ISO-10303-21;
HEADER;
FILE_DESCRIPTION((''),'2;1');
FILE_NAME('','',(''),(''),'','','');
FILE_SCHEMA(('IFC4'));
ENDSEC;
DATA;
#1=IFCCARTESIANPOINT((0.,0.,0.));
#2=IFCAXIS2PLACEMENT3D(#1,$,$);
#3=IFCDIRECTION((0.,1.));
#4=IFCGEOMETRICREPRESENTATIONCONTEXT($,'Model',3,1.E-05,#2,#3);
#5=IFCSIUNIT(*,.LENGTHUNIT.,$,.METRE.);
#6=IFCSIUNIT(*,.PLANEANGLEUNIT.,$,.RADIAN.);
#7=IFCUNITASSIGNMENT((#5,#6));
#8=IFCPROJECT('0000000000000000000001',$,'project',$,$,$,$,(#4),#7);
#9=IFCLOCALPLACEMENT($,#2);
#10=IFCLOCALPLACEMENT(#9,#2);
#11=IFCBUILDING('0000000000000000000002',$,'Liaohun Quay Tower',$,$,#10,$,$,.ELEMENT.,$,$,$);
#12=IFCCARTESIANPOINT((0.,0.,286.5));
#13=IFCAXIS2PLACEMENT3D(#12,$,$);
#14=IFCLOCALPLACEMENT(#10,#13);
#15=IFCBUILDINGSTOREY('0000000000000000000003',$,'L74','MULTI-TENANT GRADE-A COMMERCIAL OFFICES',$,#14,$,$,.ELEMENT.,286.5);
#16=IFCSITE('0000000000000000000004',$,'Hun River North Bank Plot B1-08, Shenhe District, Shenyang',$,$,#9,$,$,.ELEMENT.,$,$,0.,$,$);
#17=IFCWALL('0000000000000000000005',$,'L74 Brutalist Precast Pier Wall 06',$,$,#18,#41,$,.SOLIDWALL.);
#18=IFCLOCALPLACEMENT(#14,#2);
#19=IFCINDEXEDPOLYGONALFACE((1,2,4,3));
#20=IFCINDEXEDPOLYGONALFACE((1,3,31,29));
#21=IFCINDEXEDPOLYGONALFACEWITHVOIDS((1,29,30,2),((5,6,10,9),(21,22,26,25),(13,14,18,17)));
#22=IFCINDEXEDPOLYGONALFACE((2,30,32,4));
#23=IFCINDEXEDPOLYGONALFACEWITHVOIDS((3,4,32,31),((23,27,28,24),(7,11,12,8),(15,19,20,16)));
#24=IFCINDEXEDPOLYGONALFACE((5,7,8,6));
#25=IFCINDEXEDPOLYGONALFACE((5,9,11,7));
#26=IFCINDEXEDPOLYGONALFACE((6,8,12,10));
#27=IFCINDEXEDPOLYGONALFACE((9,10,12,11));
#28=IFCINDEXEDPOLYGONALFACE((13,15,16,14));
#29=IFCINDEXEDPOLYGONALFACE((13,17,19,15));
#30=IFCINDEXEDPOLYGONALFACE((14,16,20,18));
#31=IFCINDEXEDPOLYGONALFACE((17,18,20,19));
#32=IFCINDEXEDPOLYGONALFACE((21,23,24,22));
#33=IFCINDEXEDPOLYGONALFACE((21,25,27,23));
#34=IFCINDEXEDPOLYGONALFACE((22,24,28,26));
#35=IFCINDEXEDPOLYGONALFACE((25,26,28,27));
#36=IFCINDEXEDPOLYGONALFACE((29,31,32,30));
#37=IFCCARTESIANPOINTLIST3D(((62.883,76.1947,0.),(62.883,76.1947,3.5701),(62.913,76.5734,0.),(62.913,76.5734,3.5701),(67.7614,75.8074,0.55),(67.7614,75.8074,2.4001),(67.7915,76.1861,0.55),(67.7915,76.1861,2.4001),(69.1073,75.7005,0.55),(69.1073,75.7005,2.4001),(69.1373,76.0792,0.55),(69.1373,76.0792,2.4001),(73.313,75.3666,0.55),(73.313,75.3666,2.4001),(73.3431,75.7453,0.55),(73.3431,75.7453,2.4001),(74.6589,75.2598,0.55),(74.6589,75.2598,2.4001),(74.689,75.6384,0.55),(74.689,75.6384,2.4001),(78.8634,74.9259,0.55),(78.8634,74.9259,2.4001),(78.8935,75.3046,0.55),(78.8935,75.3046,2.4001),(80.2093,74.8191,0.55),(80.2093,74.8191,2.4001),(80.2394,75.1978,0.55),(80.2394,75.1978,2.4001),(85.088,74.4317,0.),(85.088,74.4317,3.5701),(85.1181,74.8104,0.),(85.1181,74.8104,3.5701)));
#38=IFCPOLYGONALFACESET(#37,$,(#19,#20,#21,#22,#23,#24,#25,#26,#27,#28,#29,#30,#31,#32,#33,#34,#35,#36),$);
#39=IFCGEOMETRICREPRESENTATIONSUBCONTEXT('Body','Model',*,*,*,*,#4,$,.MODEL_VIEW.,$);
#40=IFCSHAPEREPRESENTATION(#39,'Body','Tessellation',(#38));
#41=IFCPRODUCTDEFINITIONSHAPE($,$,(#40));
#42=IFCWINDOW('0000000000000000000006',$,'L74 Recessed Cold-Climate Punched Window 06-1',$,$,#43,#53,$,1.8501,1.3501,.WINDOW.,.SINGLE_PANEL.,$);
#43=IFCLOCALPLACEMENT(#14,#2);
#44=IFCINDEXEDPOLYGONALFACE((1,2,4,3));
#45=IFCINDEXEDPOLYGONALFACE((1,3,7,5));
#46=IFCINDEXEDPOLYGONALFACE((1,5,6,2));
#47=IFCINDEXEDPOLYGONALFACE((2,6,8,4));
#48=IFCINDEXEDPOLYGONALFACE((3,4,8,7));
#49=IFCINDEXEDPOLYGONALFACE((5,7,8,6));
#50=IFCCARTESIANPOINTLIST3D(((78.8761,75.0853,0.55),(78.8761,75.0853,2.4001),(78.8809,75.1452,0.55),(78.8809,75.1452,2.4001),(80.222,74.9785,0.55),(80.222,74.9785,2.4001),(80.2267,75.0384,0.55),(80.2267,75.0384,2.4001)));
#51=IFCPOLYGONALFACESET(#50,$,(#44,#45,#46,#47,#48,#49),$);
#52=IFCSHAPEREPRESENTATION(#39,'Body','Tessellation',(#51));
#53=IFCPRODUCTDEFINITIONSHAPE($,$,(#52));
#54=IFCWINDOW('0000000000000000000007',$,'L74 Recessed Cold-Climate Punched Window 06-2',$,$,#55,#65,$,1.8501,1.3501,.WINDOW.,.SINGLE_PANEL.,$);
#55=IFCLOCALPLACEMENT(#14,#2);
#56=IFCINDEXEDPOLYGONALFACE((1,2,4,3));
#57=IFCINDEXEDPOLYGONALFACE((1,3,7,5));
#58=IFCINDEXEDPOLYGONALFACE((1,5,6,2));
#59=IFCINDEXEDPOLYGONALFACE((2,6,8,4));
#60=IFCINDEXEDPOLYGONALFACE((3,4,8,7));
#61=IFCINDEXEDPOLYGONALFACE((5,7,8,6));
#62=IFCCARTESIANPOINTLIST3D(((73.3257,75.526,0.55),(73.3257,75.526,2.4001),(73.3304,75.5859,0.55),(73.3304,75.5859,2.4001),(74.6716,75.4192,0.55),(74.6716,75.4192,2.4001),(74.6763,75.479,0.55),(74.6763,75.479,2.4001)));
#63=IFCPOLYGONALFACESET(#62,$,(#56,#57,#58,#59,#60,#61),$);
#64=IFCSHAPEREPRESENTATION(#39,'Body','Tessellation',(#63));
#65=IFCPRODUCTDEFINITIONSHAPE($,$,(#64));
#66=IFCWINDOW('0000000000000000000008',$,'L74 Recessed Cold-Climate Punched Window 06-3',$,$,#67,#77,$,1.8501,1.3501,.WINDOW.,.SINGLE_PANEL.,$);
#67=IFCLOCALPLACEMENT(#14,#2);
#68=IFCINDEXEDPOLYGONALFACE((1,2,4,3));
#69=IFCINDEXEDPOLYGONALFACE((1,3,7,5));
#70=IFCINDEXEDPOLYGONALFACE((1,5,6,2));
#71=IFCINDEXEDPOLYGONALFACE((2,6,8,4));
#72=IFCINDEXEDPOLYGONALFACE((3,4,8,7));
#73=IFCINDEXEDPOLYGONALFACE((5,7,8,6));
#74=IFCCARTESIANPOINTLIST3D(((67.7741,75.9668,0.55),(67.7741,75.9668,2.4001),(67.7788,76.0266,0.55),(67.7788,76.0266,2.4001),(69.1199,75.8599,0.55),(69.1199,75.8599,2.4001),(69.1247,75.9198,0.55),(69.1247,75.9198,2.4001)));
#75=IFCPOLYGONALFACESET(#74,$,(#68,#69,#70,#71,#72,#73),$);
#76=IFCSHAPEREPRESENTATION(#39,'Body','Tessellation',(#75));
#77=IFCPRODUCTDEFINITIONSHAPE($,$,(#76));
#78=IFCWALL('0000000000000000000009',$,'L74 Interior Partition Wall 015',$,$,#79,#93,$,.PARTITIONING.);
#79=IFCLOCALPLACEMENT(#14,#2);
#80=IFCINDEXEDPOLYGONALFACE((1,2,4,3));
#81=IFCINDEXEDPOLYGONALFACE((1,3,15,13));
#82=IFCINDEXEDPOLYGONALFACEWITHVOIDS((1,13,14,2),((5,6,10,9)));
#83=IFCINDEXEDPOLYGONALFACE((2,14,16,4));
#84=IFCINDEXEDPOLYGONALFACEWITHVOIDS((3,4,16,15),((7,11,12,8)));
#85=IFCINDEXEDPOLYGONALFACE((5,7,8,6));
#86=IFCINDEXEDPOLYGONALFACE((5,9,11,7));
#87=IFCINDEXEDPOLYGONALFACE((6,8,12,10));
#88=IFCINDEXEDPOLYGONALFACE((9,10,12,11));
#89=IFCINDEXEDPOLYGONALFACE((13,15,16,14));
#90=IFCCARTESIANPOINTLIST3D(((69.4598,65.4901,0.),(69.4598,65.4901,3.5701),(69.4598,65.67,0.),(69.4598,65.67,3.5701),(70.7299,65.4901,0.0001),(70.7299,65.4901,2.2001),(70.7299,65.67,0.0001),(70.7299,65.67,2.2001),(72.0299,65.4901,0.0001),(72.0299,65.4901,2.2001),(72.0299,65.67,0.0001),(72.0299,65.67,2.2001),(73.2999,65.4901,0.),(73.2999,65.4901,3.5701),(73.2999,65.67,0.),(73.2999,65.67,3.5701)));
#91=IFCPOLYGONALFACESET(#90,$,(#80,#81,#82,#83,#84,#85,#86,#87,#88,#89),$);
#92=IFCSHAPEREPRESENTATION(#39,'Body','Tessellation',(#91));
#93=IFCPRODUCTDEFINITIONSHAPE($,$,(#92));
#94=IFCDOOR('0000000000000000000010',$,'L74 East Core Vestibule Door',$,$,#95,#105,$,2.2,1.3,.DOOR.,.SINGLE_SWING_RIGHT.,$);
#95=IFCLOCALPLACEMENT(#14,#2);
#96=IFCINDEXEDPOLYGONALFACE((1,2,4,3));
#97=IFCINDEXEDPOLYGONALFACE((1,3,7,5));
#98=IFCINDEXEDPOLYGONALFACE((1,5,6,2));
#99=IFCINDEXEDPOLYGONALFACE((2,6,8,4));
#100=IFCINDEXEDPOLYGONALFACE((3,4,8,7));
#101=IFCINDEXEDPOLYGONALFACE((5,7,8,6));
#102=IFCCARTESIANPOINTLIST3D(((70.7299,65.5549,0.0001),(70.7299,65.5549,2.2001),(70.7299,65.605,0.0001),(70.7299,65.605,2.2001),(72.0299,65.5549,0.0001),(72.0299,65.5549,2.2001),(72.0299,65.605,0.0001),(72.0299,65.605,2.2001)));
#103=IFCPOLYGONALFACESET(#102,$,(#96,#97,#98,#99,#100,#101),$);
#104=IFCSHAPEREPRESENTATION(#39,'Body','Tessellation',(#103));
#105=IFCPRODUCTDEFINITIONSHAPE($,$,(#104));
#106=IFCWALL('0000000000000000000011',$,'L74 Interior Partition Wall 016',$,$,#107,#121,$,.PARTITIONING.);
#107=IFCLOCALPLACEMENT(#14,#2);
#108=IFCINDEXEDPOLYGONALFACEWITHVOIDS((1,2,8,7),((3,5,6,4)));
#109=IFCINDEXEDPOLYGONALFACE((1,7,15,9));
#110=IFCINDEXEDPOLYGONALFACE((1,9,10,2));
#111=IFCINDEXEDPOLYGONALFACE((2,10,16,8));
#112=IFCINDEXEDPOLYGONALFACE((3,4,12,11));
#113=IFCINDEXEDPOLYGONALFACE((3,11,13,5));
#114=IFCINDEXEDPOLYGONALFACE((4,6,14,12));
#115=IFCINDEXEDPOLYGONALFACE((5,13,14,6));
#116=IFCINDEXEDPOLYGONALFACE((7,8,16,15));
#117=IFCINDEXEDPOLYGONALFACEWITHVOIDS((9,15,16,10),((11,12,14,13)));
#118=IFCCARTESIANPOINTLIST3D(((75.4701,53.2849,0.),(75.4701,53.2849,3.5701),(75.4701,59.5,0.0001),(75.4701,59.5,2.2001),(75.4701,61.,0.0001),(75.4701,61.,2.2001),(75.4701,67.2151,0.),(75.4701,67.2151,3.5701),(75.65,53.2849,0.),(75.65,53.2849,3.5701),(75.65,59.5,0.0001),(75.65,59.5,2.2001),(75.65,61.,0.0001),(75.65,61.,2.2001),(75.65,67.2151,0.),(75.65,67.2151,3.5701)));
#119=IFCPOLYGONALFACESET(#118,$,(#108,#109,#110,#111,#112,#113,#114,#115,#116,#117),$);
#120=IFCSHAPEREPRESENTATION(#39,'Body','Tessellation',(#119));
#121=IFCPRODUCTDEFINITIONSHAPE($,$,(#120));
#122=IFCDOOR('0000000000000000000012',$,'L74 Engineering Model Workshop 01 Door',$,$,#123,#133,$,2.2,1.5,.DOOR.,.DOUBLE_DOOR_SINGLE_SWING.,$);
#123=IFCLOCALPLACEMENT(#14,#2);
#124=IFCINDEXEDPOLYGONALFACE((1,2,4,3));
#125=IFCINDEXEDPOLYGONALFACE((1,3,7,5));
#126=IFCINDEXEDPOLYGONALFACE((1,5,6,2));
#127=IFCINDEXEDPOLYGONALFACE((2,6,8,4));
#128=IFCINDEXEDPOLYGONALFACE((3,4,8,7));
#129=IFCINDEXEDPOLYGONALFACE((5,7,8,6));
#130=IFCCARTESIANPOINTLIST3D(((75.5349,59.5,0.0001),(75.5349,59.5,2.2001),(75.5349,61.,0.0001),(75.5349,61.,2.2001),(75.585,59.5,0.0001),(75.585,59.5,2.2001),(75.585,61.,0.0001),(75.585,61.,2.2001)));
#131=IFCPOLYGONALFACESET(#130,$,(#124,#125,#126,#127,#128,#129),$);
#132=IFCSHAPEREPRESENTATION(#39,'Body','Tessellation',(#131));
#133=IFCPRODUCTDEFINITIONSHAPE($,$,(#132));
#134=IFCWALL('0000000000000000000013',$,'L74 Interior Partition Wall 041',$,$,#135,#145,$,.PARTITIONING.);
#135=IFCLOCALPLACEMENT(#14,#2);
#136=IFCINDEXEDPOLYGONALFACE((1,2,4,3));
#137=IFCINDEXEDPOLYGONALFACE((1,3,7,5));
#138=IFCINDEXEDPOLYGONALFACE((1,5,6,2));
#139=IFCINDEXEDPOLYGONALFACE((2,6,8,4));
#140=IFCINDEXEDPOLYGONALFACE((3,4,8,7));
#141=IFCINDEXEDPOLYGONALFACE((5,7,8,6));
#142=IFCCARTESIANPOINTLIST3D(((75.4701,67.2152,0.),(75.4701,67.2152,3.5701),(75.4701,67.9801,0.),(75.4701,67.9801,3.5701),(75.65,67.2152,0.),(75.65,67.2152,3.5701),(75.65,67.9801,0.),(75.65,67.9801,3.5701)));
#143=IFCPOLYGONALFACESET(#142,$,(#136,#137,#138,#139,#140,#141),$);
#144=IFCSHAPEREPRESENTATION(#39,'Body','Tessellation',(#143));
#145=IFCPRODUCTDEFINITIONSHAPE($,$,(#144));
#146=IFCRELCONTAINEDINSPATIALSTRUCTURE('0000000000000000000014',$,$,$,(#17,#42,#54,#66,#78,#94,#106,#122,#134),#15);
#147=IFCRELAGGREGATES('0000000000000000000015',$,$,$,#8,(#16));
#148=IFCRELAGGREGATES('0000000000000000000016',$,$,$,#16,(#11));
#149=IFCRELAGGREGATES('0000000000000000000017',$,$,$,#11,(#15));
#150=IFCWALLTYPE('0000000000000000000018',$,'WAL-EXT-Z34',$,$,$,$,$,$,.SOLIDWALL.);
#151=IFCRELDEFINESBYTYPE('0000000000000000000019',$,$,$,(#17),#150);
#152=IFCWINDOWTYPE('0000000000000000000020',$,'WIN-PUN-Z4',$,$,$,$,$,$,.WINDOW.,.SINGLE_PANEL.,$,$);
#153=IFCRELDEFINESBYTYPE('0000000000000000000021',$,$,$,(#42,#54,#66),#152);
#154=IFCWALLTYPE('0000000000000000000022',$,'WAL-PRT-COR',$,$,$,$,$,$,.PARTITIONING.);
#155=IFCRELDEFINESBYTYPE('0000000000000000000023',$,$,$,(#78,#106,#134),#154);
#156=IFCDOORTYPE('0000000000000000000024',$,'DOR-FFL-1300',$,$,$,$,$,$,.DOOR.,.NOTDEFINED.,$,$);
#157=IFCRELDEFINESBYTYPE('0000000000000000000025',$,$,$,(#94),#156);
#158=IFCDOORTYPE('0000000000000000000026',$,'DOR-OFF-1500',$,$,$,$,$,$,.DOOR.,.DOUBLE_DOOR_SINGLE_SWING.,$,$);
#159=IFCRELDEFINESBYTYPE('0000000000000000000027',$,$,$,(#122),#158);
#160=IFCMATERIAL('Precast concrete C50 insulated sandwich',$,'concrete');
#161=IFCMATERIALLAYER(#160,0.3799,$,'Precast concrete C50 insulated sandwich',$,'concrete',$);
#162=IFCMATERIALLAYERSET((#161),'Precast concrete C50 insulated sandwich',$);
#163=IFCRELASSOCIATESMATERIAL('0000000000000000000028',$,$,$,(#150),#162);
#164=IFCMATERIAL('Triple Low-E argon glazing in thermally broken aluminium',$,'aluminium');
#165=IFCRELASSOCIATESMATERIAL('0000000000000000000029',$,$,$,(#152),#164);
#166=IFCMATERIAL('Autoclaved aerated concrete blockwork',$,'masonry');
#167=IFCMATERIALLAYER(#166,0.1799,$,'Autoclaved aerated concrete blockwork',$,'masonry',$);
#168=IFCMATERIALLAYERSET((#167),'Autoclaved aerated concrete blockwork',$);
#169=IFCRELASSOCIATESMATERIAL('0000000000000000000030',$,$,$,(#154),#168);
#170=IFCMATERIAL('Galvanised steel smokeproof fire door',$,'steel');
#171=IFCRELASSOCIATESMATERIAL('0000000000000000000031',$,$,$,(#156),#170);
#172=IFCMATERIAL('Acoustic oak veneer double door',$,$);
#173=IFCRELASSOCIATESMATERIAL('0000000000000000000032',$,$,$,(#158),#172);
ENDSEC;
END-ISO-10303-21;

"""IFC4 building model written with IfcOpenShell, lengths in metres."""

from ifc_helpers import new_model, si_unit, direction, frame, frame_2d, origin, place, context, subcontext, project, spatial, rectangle, extrude, source, transform, mapped, material, layer, layer_set, type_object, element, fill, save


model = new_model("IFC4")

# Units and contexts
model_context = context("Model", 3, precision=1e-05, world=origin(), true_north=direction((0.0, 1.0)))
body_context = subcontext(model_context, "Body", "Model", "MODEL_VIEW")
ifc_project = project(units=[si_unit("LENGTHUNIT", "METRE"), si_unit("PLANEANGLEUNIT", "RADIAN")], contexts=[model_context])

# Site, building, storey
site_placement = place(None, origin())
site = spatial("IfcSite", under=ifc_project, at=site_placement, Name="Hun River North Bank Plot B1-08, Shenhe District, Shenyang", CompositionType="ELEMENT", RefElevation=0.0)
building_placement = place(site_placement, origin())
building = spatial("IfcBuilding", under=site, at=building_placement, Name="Liaohun Quay Tower", CompositionType="ELEMENT")
storey_placement = place(building_placement, frame((0.0, 0.0, 286.5)))
storey = spatial("IfcBuildingStorey", under=building, at=storey_placement, Name="L74", Description="MULTI-TENANT GRADE-A COMMERCIAL OFFICES", CompositionType="ELEMENT", Elevation=286.5)

# Shared definitions
ifc_material_1 = material(Name="Precast concrete C50 insulated sandwich", Category="concrete")
ifc_layer_1 = layer(ifc_material_1, 0.3799, Name="Precast concrete C50 insulated sandwich", Category="concrete")
ifc_layer_set_1 = layer_set([ifc_layer_1], Name="Precast concrete C50 insulated sandwich")
wall_type_1 = type_object("IfcWallType", Name="WAL-EXT-Z34", PredefinedType="SOLIDWALL", material=ifc_layer_set_1)

# Wall, openings, windows
wall_1_placement = place(storey_placement, frame((85.103, 74.6211, 0.0), z_axis=(0.0, 0.0, 1.0), x_axis=(-0.996863, 0.079144, 0.0)))
wall_1 = element("IfcWall", 1, at=wall_1_placement, inside=storey, type_object=wall_type_1, Name="L74 Brutalist Precast Pier Wall 06", PredefinedType="SOLIDWALL", context=body_context, shape_type="SweptSolid", body=[
    extrude(rectangle(XDim=22.2749, YDim=0.3799, at=frame_2d((11.1375, 0.0))), origin(), (0.0, 0.0, 1.0), 3.5701),
])
shared_shape_1 = source(origin(), body_context, "Body", "SweptSolid", [
    extrude(rectangle(XDim=1.3501, YDim=1.8501, at=frame_2d((0.675, 0.925))), frame((0.0, 0.2, 0.0), z_axis=(0.0, -1.0, 0.0), x_axis=(1.0, 0.0, 0.0)), (0.0, 0.0, 1.0), 0.3999),
])
opening_1_placement = place(wall_1_placement, frame((4.894, 0.0, 0.55)))
opening_1 = element("IfcOpeningElement", 2, at=opening_1_placement, cuts=wall_1, PredefinedType="OPENING", context=body_context, shape_type="MappedRepresentation", body=[
    mapped(shared_shape_1, transform((0.0, 0.0, 0.0), x_axis=(1.0, 0.0, 0.0), y_axis=(0.0, 1.0, 0.0), z_axis=(0.0, 0.0, 1.0), scale=1.0)),
])
opening_2_placement = place(wall_1_placement, frame((10.4619, 0.0, 0.55)))
opening_2 = element("IfcOpeningElement", 3, at=opening_2_placement, cuts=wall_1, PredefinedType="OPENING", context=body_context, shape_type="MappedRepresentation", body=[
    mapped(shared_shape_1, transform((0.0, 0.0, 0.0), x_axis=(1.0, 0.0, 0.0), y_axis=(0.0, 1.0, 0.0), z_axis=(0.0, 0.0, 1.0), scale=1.0)),
])
opening_3_placement = place(wall_1_placement, frame((16.031, 0.0, 0.55)))
opening_3 = element("IfcOpeningElement", 4, at=opening_3_placement, cuts=wall_1, PredefinedType="OPENING", context=body_context, shape_type="MappedRepresentation", body=[
    mapped(shared_shape_1, transform((0.0, 0.0, 0.0), x_axis=(1.0, 0.0, 0.0), y_axis=(0.0, 1.0, 0.0), z_axis=(0.0, 0.0, 1.0), scale=1.0)),
])
ifc_material_2 = material(Name="Triple Low-E argon glazing in thermally broken aluminium", Category="aluminium")
window_type_1 = type_object("IfcWindowType", Name="WIN-PUN-Z4", PartitioningType="SINGLE_PANEL", PredefinedType="WINDOW", material=ifc_material_2)
shared_shape_2 = source(origin(), body_context, "Body", "SweptSolid", [
    extrude(rectangle(XDim=1.3501, YDim=1.8501, at=frame_2d((0.675, 0.925))), frame((0.0, 0.03, 0.0), z_axis=(0.0, -1.0, 0.0), x_axis=(1.0, 0.0, 0.0)), (0.0, 0.0, 1.0), 0.0601),
])
window_1_placement = place(opening_1_placement, origin())
window_1 = element("IfcWindow", 5, at=window_1_placement, inside=storey, type_object=window_type_1, Name="L74 Recessed Cold-Climate Punched Window 06-1", OverallHeight=1.8501, OverallWidth=1.3501, PartitioningType="SINGLE_PANEL", PredefinedType="WINDOW", context=body_context, shape_type="MappedRepresentation", body=[
    mapped(shared_shape_2, transform((0.0, 0.0, 0.0), x_axis=(1.0, 0.0, 0.0), y_axis=(0.0, 1.0, 0.0), z_axis=(0.0, 0.0, 1.0), scale=1.0)),
])
fill(opening_1, window_1)
window_2_placement = place(opening_2_placement, origin())
window_2 = element("IfcWindow", 6, at=window_2_placement, inside=storey, type_object=window_type_1, Name="L74 Recessed Cold-Climate Punched Window 06-2", OverallHeight=1.8501, OverallWidth=1.3501, PartitioningType="SINGLE_PANEL", PredefinedType="WINDOW", context=body_context, shape_type="MappedRepresentation", body=[
    mapped(shared_shape_2, transform((0.0, 0.0, 0.0), x_axis=(1.0, 0.0, 0.0), y_axis=(0.0, 1.0, 0.0), z_axis=(0.0, 0.0, 1.0), scale=1.0)),
])
fill(opening_2, window_2)
window_3_placement = place(opening_3_placement, origin())
window_3 = element("IfcWindow", 7, at=window_3_placement, inside=storey, type_object=window_type_1, Name="L74 Recessed Cold-Climate Punched Window 06-3", OverallHeight=1.8501, OverallWidth=1.3501, PartitioningType="SINGLE_PANEL", PredefinedType="WINDOW", context=body_context, shape_type="MappedRepresentation", body=[
    mapped(shared_shape_2, transform((0.0, 0.0, 0.0), x_axis=(1.0, 0.0, 0.0), y_axis=(0.0, 1.0, 0.0), z_axis=(0.0, 0.0, 1.0), scale=1.0)),
])
fill(opening_3, window_3)

# Walls, openings, doors
ifc_material_3 = material(Name="Autoclaved aerated concrete blockwork", Category="masonry")
ifc_layer_2 = layer(ifc_material_3, 0.1799, Name="Autoclaved aerated concrete blockwork", Category="masonry")
ifc_layer_set_2 = layer_set([ifc_layer_2], Name="Autoclaved aerated concrete blockwork")
wall_type_2 = type_object("IfcWallType", Name="WAL-PRT-COR", PredefinedType="PARTITIONING", material=ifc_layer_set_2)
wall_2_placement = place(storey_placement, frame((69.46, 65.5801, 0.0), z_axis=(0.0, 0.0, 1.0), x_axis=(1.0, 0.0, 0.0)))
wall_2 = element("IfcWall", 8, at=wall_2_placement, inside=storey, type_object=wall_type_2, Name="L74 Interior Partition Wall 015", PredefinedType="PARTITIONING", context=body_context, shape_type="SweptSolid", body=[
    extrude(rectangle(XDim=3.8401, YDim=0.1799, at=frame_2d((1.9199, 0.0))), origin(), (0.0, 0.0, 1.0), 3.5701),
])
shared_shape_3 = source(origin(), body_context, "Body", "SweptSolid", [
    extrude(rectangle(XDim=1.3, YDim=2.2, at=frame_2d((0.6499, 1.1001))), frame((0.0, 0.0999, 0.0), z_axis=(0.0, -1.0, 0.0), x_axis=(1.0, 0.0, 0.0)), (0.0, 0.0, 1.0), 0.2),
])
opening_4_placement = place(wall_2_placement, frame((1.27, 0.0, 0.0)))
opening_4 = element("IfcOpeningElement", 9, at=opening_4_placement, cuts=wall_2, PredefinedType="OPENING", context=body_context, shape_type="MappedRepresentation", body=[
    mapped(shared_shape_3, transform((0.0, 0.0, 0.0), x_axis=(1.0, 0.0, 0.0), y_axis=(0.0, 1.0, 0.0), z_axis=(0.0, 0.0, 1.0), scale=1.0)),
])
ifc_material_4 = material(Name="Galvanised steel smokeproof fire door", Category="steel")
door_type_1 = type_object("IfcDoorType", Name="DOR-FFL-1300", OperationType="NOTDEFINED", PredefinedType="DOOR", material=ifc_material_4)
shared_shape_4 = source(origin(), body_context, "Body", "SweptSolid", [
    extrude(rectangle(XDim=1.3, YDim=2.2, at=frame_2d((0.6499, 1.1001))), frame((0.0, 0.0249, 0.0), z_axis=(0.0, -1.0, 0.0), x_axis=(1.0, 0.0, 0.0)), (0.0, 0.0, 1.0), 0.05),
])
door_1_placement = place(opening_4_placement, origin())
door_1 = element("IfcDoor", 10, at=door_1_placement, inside=storey, type_object=door_type_1, Name="L74 East Core Vestibule Door", OperationType="SINGLE_SWING_RIGHT", OverallHeight=2.2, OverallWidth=1.3, PredefinedType="DOOR", context=body_context, shape_type="MappedRepresentation", body=[
    mapped(shared_shape_4, transform((0.0, 0.0, 0.0), x_axis=(1.0, 0.0, 0.0), y_axis=(0.0, 1.0, 0.0), z_axis=(0.0, 0.0, 1.0), scale=1.0)),
])
fill(opening_4, door_1)
wall_3_placement = place(storey_placement, frame((75.5601, 67.2151, 0.0), z_axis=(0.0, 0.0, 1.0), x_axis=(0.0, -1.0, 0.0)))
wall_3 = element("IfcWall", 11, at=wall_3_placement, inside=storey, type_object=wall_type_2, Name="L74 Interior Partition Wall 016", PredefinedType="PARTITIONING", context=body_context, shape_type="SweptSolid", body=[
    extrude(rectangle(XDim=13.9302, YDim=0.1799, at=frame_2d((6.9651, 0.0))), origin(), (0.0, 0.0, 1.0), 3.5701),
])
shared_shape_5 = source(origin(), body_context, "Body", "SweptSolid", [
    extrude(rectangle(XDim=1.5, YDim=2.2, at=frame_2d((0.75, 1.1001))), frame((0.0, 0.0999, 0.0), z_axis=(0.0, -1.0, 0.0), x_axis=(1.0, 0.0, 0.0)), (0.0, 0.0, 1.0), 0.2),
])
opening_5_placement = place(wall_3_placement, frame((6.2151, 0.0, 0.0)))
opening_5 = element("IfcOpeningElement", 12, at=opening_5_placement, cuts=wall_3, PredefinedType="OPENING", context=body_context, shape_type="MappedRepresentation", body=[
    mapped(shared_shape_5, transform((0.0, 0.0, 0.0), x_axis=(1.0, 0.0, 0.0), y_axis=(0.0, 1.0, 0.0), z_axis=(0.0, 0.0, 1.0), scale=1.0)),
])
ifc_material_5 = material(Name="Acoustic oak veneer double door")
door_type_2 = type_object("IfcDoorType", Name="DOR-OFF-1500", OperationType="DOUBLE_DOOR_SINGLE_SWING", PredefinedType="DOOR", material=ifc_material_5)
shared_shape_6 = source(origin(), body_context, "Body", "SweptSolid", [
    extrude(rectangle(XDim=1.5, YDim=2.2, at=frame_2d((0.75, 1.1001))), frame((0.0, 0.0249, 0.0), z_axis=(0.0, -1.0, 0.0), x_axis=(1.0, 0.0, 0.0)), (0.0, 0.0, 1.0), 0.05),
])
door_2_placement = place(opening_5_placement, origin())
door_2 = element("IfcDoor", 13, at=door_2_placement, inside=storey, type_object=door_type_2, Name="L74 Engineering Model Workshop 01 Door", OperationType="DOUBLE_DOOR_SINGLE_SWING", OverallHeight=2.2, OverallWidth=1.5, PredefinedType="DOOR", context=body_context, shape_type="MappedRepresentation", body=[
    mapped(shared_shape_6, transform((0.0, 0.0, 0.0), x_axis=(1.0, 0.0, 0.0), y_axis=(0.0, 1.0, 0.0), z_axis=(0.0, 0.0, 1.0), scale=1.0)),
])
fill(opening_5, door_2)

# Wall
wall_4_placement = place(storey_placement, frame((75.5601, 67.98, 0.0), z_axis=(0.0, 0.0, 1.0), x_axis=(0.0, -1.0, 0.0)))
element("IfcWall", 14, at=wall_4_placement, inside=storey, type_object=wall_type_2, Name="L74 Interior Partition Wall 041", PredefinedType="PARTITIONING", context=body_context, shape_type="SweptSolid", body=[
    extrude(rectangle(XDim=0.7649, YDim=0.1799, at=frame_2d((0.3823, 0.0))), origin(), (0.0, 0.0, 1.0), 3.5701),
])

save(model, "model.ifc")
